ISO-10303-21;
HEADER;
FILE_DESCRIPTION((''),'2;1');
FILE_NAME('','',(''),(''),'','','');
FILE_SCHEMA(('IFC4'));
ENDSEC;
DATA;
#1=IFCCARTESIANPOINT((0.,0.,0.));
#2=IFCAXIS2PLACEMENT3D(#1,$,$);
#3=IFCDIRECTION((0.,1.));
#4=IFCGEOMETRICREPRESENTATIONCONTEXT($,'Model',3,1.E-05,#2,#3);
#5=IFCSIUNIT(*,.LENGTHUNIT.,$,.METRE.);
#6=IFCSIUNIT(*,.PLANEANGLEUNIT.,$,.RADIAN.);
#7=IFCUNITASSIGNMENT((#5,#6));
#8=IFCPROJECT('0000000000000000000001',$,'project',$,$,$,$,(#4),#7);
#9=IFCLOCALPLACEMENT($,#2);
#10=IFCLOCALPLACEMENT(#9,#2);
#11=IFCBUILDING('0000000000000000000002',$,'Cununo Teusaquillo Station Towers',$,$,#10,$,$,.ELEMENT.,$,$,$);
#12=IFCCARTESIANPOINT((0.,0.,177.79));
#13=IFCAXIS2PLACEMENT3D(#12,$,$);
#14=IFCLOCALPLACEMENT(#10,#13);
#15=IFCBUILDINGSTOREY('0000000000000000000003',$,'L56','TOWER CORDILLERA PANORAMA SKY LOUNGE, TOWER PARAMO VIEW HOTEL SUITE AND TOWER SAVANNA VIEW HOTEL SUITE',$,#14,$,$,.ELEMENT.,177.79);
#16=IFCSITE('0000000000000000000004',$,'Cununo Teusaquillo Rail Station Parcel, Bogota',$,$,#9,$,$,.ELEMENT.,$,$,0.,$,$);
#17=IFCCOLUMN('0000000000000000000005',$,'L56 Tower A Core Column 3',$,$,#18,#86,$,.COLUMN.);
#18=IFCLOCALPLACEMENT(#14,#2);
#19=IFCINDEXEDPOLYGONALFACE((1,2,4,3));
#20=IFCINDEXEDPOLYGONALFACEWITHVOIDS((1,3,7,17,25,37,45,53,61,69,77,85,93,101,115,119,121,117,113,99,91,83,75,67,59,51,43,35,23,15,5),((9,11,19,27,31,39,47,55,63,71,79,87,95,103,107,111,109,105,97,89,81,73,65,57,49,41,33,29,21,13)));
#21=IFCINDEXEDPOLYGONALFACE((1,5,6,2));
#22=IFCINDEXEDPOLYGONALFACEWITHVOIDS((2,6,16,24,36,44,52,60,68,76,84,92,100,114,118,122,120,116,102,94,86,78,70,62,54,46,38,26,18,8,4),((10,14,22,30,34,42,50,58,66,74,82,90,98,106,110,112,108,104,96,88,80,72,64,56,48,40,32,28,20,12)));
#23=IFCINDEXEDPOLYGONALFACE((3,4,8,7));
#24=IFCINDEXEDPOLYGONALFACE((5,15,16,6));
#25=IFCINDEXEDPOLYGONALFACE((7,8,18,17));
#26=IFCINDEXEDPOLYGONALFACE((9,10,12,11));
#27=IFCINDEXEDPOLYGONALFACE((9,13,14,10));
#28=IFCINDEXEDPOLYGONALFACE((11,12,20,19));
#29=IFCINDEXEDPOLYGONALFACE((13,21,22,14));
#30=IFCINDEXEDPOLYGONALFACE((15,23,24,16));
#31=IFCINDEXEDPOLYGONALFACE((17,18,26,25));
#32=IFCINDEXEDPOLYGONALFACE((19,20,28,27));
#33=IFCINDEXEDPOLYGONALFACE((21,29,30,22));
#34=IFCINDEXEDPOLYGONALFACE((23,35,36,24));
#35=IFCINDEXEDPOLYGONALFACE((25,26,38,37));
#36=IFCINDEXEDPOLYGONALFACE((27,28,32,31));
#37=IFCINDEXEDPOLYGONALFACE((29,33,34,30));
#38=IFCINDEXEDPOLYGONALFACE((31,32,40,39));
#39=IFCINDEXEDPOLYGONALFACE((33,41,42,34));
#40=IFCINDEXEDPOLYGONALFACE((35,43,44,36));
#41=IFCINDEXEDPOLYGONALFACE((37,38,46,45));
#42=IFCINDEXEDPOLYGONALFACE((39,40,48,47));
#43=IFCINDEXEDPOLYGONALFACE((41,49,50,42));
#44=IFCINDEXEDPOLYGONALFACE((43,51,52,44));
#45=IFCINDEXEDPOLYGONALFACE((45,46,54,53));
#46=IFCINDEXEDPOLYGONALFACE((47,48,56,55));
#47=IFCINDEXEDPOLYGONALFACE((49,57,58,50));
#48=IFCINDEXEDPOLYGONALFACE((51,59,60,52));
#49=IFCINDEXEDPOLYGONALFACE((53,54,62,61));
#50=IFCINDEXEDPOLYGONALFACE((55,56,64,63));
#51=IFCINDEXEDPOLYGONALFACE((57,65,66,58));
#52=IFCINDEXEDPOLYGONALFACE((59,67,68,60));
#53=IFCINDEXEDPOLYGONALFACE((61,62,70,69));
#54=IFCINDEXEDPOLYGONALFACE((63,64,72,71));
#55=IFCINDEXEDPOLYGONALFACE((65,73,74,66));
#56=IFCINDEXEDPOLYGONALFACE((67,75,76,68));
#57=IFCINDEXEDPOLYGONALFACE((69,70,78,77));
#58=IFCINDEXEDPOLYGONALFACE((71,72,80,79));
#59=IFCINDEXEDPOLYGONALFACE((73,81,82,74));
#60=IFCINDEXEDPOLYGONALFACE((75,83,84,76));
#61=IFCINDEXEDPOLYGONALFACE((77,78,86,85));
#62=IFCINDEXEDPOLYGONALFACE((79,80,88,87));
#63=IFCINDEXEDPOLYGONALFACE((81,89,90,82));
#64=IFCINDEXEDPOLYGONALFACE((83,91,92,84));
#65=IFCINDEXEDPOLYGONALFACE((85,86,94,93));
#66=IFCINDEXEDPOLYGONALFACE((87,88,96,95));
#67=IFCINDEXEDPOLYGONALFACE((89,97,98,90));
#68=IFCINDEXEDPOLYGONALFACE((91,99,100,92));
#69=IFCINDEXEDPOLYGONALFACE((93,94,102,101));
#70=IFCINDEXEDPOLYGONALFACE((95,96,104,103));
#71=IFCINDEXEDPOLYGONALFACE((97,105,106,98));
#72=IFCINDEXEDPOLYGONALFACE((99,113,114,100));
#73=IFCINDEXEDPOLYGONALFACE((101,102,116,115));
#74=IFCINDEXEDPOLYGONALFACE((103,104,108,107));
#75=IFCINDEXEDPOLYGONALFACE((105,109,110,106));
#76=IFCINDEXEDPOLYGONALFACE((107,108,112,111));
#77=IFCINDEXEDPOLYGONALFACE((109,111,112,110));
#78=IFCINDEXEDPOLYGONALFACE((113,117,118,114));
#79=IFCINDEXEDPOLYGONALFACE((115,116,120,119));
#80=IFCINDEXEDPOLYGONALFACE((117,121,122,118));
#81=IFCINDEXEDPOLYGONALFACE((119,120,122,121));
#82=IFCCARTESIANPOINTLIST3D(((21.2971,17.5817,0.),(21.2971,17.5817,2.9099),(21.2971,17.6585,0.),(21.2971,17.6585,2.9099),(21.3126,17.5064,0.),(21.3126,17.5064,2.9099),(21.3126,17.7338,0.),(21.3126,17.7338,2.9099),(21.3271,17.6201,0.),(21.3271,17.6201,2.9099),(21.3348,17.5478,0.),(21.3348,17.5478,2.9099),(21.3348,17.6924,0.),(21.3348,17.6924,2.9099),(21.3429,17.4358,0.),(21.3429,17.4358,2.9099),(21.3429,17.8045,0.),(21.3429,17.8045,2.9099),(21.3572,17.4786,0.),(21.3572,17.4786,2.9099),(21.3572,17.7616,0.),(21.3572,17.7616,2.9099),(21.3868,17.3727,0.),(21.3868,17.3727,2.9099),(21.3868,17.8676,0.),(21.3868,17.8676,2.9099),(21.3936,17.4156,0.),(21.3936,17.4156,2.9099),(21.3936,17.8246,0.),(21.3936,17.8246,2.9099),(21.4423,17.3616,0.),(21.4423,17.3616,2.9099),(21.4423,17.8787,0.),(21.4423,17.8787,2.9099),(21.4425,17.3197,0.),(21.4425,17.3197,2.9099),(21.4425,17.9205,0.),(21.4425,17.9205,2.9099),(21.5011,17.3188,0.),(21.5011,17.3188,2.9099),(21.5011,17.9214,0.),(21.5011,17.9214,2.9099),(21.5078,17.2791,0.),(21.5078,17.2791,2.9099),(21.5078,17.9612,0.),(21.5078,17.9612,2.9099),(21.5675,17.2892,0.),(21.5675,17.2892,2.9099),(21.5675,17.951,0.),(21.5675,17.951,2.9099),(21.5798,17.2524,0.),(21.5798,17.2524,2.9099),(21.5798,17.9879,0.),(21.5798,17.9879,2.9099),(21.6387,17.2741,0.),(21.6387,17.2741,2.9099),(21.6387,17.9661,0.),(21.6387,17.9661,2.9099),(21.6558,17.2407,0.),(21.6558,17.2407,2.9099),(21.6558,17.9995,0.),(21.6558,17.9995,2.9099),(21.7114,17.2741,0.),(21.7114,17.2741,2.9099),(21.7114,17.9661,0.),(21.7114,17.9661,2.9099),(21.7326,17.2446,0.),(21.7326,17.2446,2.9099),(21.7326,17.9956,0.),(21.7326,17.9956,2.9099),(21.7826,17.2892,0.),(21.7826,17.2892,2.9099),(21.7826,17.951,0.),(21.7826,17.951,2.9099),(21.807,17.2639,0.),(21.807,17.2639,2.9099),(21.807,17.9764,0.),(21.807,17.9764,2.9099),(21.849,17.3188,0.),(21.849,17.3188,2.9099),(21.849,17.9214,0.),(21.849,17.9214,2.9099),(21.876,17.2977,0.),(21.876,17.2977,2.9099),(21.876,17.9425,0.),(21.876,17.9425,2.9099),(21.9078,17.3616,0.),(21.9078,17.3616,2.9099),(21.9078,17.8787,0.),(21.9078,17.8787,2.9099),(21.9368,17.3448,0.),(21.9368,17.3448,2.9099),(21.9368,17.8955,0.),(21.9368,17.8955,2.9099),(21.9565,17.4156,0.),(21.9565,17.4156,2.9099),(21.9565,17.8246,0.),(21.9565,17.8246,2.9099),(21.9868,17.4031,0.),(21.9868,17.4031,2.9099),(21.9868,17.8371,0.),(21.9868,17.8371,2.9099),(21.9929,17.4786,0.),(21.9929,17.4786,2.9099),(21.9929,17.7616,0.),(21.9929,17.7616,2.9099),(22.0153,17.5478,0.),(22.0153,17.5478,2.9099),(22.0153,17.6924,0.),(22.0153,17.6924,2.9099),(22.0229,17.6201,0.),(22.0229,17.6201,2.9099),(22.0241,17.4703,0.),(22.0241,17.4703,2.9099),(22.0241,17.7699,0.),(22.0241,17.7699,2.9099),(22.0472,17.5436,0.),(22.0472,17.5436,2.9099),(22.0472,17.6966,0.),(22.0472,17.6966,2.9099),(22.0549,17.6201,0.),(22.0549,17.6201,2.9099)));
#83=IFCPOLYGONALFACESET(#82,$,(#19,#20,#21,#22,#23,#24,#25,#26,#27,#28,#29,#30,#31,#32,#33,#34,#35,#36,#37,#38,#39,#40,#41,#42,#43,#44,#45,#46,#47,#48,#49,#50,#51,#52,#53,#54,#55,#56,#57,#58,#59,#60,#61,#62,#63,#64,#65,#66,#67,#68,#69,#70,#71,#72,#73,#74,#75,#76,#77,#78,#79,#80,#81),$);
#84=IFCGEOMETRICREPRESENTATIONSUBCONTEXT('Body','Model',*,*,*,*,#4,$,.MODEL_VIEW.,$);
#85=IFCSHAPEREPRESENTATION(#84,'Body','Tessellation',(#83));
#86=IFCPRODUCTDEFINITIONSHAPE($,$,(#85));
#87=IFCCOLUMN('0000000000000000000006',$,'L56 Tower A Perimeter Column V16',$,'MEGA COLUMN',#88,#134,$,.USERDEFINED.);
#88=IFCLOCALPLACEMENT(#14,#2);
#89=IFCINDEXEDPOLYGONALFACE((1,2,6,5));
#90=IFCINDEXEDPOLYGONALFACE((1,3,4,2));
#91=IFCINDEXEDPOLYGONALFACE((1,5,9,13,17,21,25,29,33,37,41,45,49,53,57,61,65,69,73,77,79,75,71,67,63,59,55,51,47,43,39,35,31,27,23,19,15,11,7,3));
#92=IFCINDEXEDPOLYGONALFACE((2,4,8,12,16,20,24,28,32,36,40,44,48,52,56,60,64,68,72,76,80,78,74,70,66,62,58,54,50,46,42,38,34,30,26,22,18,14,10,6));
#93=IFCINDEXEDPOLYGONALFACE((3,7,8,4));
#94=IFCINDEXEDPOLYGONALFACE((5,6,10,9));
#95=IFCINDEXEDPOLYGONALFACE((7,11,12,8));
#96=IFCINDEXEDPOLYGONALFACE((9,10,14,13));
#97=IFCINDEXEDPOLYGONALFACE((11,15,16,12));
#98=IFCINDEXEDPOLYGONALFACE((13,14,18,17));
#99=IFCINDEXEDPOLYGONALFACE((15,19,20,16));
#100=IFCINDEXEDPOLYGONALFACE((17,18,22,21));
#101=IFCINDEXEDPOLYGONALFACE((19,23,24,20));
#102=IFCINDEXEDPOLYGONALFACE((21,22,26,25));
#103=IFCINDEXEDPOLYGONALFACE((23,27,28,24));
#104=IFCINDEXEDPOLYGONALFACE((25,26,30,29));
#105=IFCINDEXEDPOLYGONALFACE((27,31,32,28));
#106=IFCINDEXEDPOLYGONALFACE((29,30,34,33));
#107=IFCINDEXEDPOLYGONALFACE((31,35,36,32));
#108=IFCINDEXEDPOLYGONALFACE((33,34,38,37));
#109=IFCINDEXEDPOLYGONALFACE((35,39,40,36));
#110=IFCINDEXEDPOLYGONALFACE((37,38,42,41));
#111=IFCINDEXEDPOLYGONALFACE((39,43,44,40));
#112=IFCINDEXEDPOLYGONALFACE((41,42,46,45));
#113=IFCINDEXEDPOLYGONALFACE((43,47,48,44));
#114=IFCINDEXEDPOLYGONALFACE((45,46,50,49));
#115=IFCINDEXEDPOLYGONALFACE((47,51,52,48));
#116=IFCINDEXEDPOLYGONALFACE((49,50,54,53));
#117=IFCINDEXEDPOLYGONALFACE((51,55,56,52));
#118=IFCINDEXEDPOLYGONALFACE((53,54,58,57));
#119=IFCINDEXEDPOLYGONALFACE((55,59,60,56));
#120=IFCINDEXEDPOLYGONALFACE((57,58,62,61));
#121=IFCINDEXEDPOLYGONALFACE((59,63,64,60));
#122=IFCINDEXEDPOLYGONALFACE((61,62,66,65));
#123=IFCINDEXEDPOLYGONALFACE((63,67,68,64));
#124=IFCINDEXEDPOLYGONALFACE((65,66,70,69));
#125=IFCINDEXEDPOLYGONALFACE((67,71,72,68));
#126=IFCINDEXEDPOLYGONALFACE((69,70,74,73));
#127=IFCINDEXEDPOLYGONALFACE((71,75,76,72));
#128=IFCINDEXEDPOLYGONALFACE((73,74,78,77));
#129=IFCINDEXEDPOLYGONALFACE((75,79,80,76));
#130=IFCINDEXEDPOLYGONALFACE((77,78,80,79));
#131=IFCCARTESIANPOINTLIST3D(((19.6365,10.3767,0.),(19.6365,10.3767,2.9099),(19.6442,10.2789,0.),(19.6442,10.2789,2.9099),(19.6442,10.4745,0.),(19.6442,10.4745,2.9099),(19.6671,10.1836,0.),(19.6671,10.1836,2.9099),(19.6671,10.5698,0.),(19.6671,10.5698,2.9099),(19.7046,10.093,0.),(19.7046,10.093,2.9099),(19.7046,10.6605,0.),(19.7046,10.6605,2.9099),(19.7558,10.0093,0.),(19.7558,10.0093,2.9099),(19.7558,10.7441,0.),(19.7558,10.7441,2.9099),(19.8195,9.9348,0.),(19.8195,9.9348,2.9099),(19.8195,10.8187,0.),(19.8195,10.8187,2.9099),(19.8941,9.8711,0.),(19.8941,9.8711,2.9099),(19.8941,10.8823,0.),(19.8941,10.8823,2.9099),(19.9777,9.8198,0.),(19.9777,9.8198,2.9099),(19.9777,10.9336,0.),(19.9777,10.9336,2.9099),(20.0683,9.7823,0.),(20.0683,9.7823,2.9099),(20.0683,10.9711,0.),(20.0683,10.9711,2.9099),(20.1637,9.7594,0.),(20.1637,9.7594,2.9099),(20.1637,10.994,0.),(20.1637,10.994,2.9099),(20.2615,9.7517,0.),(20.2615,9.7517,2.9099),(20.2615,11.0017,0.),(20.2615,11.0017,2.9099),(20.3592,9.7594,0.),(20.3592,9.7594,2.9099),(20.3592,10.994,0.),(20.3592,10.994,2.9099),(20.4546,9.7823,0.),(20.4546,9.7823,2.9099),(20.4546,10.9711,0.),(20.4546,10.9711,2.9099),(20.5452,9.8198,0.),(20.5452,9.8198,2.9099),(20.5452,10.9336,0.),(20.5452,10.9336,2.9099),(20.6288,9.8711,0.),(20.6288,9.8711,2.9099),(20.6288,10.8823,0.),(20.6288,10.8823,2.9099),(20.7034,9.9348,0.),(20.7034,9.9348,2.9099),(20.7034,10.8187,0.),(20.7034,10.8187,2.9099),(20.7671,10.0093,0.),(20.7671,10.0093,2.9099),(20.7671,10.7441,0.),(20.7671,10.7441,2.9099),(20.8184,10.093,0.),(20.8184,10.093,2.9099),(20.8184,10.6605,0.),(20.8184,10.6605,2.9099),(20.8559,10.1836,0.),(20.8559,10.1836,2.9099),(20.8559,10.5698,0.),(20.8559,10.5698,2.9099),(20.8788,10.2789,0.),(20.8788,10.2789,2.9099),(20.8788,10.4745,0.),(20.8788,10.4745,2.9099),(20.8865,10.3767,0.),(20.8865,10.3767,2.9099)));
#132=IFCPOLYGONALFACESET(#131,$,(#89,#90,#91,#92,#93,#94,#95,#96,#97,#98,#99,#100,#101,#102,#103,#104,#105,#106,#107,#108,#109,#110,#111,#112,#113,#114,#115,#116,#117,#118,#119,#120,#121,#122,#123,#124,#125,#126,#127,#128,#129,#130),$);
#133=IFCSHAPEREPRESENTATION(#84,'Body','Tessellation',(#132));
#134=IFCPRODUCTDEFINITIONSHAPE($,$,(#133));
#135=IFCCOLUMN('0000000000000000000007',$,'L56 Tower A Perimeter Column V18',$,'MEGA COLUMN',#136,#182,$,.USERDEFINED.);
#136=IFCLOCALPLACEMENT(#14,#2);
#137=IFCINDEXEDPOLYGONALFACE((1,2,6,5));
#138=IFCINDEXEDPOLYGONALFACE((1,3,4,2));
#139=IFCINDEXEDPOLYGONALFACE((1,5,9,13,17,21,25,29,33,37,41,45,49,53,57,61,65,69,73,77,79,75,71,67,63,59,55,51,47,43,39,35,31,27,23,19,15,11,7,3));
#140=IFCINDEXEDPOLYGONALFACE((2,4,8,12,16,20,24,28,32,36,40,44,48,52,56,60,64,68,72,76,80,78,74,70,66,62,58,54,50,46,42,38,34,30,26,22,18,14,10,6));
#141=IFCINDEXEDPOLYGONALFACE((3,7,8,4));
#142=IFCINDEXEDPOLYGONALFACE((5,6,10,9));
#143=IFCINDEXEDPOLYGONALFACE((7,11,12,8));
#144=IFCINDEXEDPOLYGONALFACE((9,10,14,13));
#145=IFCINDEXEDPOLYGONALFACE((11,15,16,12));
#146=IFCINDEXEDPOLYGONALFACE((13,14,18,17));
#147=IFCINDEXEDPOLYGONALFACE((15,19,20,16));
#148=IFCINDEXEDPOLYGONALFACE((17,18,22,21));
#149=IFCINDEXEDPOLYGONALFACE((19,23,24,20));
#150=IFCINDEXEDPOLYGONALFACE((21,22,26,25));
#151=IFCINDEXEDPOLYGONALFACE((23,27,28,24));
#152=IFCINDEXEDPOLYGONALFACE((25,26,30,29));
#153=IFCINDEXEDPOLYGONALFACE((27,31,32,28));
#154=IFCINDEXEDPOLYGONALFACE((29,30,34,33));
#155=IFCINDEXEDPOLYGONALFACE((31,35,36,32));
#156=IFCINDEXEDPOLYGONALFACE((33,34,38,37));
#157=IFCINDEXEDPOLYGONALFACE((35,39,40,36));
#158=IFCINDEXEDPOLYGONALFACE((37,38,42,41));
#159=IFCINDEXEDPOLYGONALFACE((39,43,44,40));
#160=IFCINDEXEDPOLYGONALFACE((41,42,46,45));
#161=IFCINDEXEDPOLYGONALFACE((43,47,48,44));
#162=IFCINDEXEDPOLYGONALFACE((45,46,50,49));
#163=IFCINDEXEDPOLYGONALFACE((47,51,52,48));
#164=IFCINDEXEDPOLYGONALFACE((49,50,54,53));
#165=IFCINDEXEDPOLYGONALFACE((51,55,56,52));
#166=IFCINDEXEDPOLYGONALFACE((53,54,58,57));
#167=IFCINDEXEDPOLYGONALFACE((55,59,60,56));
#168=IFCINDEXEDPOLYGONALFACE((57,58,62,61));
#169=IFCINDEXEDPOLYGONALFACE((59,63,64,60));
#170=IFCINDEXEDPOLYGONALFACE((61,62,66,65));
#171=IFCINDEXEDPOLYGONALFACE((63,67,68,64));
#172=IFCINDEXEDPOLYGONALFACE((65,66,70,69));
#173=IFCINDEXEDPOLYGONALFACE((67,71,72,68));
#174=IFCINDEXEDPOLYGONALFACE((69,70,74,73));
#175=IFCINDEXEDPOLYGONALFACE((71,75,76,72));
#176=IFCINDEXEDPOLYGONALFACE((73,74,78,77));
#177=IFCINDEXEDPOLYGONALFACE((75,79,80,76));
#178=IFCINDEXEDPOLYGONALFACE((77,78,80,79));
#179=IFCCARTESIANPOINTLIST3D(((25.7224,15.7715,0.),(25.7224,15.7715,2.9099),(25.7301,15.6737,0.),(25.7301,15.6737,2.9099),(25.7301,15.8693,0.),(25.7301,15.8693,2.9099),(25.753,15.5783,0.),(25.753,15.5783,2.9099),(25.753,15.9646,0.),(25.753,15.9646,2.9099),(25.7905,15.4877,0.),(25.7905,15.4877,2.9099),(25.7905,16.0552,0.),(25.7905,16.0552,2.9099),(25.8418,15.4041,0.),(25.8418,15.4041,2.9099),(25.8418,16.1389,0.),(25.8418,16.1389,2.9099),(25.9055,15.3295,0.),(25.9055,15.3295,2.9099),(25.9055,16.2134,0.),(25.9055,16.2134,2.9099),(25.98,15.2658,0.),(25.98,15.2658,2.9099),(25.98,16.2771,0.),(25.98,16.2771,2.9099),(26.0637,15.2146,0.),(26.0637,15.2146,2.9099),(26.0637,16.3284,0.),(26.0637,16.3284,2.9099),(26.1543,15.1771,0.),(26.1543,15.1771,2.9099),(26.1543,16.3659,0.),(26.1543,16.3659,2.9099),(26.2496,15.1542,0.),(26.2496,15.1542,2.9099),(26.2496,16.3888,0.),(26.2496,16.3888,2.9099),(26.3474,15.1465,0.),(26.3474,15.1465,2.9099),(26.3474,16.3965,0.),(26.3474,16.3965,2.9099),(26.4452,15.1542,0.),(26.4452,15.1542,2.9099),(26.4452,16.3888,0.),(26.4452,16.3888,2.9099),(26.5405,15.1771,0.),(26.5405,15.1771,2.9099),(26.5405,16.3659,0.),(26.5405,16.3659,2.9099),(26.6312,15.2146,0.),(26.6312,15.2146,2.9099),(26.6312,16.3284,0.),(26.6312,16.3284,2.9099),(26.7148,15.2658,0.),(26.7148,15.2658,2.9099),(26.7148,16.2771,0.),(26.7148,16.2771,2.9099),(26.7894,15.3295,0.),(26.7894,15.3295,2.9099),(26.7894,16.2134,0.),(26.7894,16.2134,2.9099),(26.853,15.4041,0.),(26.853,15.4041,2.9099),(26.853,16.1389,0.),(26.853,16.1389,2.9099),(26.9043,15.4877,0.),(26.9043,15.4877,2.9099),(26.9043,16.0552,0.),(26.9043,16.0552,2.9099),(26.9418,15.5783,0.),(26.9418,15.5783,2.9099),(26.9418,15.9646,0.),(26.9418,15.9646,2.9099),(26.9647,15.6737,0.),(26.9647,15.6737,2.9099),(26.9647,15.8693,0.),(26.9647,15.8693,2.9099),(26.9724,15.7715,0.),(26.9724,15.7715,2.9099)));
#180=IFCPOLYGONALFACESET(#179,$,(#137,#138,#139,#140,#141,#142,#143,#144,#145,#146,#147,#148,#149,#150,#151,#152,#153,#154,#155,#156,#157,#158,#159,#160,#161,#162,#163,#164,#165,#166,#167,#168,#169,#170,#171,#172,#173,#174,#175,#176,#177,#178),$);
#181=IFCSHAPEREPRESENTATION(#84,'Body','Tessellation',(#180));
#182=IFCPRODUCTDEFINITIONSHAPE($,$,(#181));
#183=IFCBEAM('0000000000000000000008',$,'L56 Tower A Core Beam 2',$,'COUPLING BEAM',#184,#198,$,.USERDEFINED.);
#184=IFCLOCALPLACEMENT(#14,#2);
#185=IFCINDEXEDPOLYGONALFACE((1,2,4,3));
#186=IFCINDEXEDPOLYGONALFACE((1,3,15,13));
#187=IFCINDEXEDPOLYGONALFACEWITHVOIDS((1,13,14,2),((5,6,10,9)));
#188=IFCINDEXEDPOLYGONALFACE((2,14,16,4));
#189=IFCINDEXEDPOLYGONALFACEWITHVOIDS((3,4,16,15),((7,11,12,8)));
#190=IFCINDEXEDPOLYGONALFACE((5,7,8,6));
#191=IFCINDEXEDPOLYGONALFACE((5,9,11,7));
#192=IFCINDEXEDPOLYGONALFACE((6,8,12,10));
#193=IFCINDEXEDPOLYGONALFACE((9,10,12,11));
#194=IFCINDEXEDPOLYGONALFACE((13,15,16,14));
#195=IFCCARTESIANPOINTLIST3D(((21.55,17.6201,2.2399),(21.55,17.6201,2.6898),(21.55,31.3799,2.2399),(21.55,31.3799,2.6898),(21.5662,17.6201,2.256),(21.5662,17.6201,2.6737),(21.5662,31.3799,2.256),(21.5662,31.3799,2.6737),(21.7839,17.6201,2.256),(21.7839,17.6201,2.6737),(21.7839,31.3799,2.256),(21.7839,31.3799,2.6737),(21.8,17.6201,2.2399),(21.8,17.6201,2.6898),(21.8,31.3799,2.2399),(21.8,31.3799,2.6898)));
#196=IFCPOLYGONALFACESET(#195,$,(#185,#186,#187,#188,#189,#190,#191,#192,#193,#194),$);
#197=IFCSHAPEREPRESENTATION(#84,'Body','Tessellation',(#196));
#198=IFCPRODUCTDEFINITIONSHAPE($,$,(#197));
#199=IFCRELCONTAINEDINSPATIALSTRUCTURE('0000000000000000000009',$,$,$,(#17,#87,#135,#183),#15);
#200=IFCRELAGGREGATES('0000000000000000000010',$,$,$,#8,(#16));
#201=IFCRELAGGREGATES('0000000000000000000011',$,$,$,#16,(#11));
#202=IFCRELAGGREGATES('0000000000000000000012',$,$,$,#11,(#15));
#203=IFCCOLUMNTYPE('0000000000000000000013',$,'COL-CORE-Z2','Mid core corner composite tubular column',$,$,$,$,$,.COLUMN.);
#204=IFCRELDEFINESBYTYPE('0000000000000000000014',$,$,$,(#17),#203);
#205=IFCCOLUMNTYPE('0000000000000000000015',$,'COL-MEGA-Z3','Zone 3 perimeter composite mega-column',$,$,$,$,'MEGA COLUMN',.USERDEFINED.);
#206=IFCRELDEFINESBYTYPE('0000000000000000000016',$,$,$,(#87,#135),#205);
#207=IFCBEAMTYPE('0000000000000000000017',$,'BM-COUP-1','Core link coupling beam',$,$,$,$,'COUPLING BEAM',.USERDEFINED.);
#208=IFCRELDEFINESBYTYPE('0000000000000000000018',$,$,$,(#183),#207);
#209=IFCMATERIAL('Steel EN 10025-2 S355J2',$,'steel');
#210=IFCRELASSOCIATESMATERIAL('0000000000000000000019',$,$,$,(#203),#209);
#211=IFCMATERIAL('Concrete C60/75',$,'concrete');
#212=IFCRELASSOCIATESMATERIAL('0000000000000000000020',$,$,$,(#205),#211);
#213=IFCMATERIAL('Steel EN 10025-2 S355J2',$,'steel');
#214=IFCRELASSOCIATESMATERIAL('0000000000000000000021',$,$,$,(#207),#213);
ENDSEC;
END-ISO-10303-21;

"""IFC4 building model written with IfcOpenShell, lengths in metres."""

from ifc_helpers import new_model, si_unit, direction, frame, origin, origin_2d, place, context, subcontext, project, spatial, hollow_rectangle, circle, hollow_circle, extrude, material, material_profile, profile_set, type_object, element, save


model = new_model("IFC4")

# Units and contexts
model_context = context("Model", 3, precision=1e-05, world=origin(), true_north=direction((0.0, 1.0)))
body_context = subcontext(model_context, "Body", "Model", "MODEL_VIEW")
ifc_project = project(units=[si_unit("LENGTHUNIT", "METRE"), si_unit("PLANEANGLEUNIT", "RADIAN")], contexts=[model_context])

# Site, building, storey
site_placement = place(None, origin())
site = spatial("IfcSite", under=ifc_project, at=site_placement, Name="Cununo Teusaquillo Rail Station Parcel, Bogota", CompositionType="ELEMENT", RefElevation=0.0)
building_placement = place(site_placement, origin())
building = spatial("IfcBuilding", under=site, at=building_placement, Name="Cununo Teusaquillo Station Towers", CompositionType="ELEMENT")
storey_placement = place(building_placement, frame((0.0, 0.0, 177.79)))
storey = spatial("IfcBuildingStorey", under=building, at=storey_placement, Name="L56", Description="TOWER CORDILLERA PANORAMA SKY LOUNGE, TOWER PARAMO VIEW HOTEL SUITE AND TOWER SAVANNA VIEW HOTEL SUITE", CompositionType="ELEMENT", Elevation=177.79)

# Columns
ifc_material_1 = material(Name="Steel EN 10025-2 S355J2", Category="steel")
ifc_material_profile_1 = material_profile(ifc_material_1, hollow_circle(Radius=0.3799, WallThickness=0.032, at=origin_2d()), Name="CHS 760x32")
ifc_profile_set_1 = profile_set([ifc_material_profile_1], Name="Steel EN 10025-2 S355J2")
column_type_1 = type_object("IfcColumnType", Name="COL-CORE-Z2", Description="Mid core corner composite tubular column", PredefinedType="COLUMN", material=ifc_profile_set_1)
column_placement = place(storey_placement, frame((21.675, 17.6201, 0.0), z_axis=(0.0, 0.0, 1.0), x_axis=(1.0, 0.0, 0.0)))
element("IfcColumn", 1, at=column_placement, inside=storey, type_object=column_type_1, Name="L56 Tower A Core Column 3", PredefinedType="COLUMN", context=body_context, shape_type="SweptSolid", body=[
    extrude(hollow_circle(Radius=0.3799, WallThickness=0.032, at=origin_2d()), origin(), (0.0, 0.0, 1.0), 2.9099),
])
ifc_material_2 = material(Name="Concrete C60/75", Category="concrete")
ifc_material_profile_2 = material_profile(ifc_material_2, circle(Radius=0.625, at=origin_2d()), Name="RC-CIRC-1250")
ifc_profile_set_2 = profile_set([ifc_material_profile_2], Name="Concrete C60/75")
column_type_2 = type_object("IfcColumnType", Name="COL-MEGA-Z3", Description="Zone 3 perimeter composite mega-column", ElementType="MEGA COLUMN", PredefinedType="USERDEFINED", material=ifc_profile_set_2)
for number, where, z_axis, x_axis, name in (
    (2, (20.2615, 10.3767, 0.0), (0.0, 0.0, 1.0), (1.0, 0.0, 0.0), "L56 Tower A Perimeter Column V16"),
    (3, (26.3474, 15.7715, 0.0), (0.0, 0.0, 1.0), (1.0, 0.0, 0.0), "L56 Tower A Perimeter Column V18"),
):
    element("IfcColumn", number, at=place(storey_placement, frame(where, z_axis=z_axis, x_axis=x_axis)), inside=storey, type_object=column_type_2, Name=name, ObjectType="MEGA COLUMN", PredefinedType="USERDEFINED", context=body_context, shape_type="SweptSolid", body=[
        extrude(circle(Radius=0.625, at=origin_2d()), origin(), (0.0, 0.0, 1.0), 2.9099),
    ])

# Beam
ifc_material_3 = material(Name="Steel EN 10025-2 S355J2", Category="steel")
ifc_material_profile_3 = material_profile(ifc_material_3, hollow_rectangle(XDim=0.25, YDim=0.45, WallThickness=0.0161, at=origin_2d()), Name="RHS 450x250x16")
ifc_profile_set_3 = profile_set([ifc_material_profile_3], Name="Steel EN 10025-2 S355J2")
beam_type_1 = type_object("IfcBeamType", Name="BM-COUP-1", Description="Core link coupling beam", ElementType="COUPLING BEAM", PredefinedType="USERDEFINED", material=ifc_profile_set_3)
beam_1_placement = place(storey_placement, frame((21.675, 17.6201, 2.4648), z_axis=(0.0, 1.0, 0.0), x_axis=(-1.0, 0.0, 0.0)))
element("IfcBeam", 4, at=beam_1_placement, inside=storey, type_object=beam_type_1, Name="L56 Tower A Core Beam 2", ObjectType="COUPLING BEAM", PredefinedType="USERDEFINED", context=body_context, shape_type="SweptSolid", body=[
    extrude(hollow_rectangle(XDim=0.25, YDim=0.45, WallThickness=0.0161, at=origin_2d()), origin(), (0.0, 0.0, 1.0), 13.7598),
])

save(model, "model.ifc")
